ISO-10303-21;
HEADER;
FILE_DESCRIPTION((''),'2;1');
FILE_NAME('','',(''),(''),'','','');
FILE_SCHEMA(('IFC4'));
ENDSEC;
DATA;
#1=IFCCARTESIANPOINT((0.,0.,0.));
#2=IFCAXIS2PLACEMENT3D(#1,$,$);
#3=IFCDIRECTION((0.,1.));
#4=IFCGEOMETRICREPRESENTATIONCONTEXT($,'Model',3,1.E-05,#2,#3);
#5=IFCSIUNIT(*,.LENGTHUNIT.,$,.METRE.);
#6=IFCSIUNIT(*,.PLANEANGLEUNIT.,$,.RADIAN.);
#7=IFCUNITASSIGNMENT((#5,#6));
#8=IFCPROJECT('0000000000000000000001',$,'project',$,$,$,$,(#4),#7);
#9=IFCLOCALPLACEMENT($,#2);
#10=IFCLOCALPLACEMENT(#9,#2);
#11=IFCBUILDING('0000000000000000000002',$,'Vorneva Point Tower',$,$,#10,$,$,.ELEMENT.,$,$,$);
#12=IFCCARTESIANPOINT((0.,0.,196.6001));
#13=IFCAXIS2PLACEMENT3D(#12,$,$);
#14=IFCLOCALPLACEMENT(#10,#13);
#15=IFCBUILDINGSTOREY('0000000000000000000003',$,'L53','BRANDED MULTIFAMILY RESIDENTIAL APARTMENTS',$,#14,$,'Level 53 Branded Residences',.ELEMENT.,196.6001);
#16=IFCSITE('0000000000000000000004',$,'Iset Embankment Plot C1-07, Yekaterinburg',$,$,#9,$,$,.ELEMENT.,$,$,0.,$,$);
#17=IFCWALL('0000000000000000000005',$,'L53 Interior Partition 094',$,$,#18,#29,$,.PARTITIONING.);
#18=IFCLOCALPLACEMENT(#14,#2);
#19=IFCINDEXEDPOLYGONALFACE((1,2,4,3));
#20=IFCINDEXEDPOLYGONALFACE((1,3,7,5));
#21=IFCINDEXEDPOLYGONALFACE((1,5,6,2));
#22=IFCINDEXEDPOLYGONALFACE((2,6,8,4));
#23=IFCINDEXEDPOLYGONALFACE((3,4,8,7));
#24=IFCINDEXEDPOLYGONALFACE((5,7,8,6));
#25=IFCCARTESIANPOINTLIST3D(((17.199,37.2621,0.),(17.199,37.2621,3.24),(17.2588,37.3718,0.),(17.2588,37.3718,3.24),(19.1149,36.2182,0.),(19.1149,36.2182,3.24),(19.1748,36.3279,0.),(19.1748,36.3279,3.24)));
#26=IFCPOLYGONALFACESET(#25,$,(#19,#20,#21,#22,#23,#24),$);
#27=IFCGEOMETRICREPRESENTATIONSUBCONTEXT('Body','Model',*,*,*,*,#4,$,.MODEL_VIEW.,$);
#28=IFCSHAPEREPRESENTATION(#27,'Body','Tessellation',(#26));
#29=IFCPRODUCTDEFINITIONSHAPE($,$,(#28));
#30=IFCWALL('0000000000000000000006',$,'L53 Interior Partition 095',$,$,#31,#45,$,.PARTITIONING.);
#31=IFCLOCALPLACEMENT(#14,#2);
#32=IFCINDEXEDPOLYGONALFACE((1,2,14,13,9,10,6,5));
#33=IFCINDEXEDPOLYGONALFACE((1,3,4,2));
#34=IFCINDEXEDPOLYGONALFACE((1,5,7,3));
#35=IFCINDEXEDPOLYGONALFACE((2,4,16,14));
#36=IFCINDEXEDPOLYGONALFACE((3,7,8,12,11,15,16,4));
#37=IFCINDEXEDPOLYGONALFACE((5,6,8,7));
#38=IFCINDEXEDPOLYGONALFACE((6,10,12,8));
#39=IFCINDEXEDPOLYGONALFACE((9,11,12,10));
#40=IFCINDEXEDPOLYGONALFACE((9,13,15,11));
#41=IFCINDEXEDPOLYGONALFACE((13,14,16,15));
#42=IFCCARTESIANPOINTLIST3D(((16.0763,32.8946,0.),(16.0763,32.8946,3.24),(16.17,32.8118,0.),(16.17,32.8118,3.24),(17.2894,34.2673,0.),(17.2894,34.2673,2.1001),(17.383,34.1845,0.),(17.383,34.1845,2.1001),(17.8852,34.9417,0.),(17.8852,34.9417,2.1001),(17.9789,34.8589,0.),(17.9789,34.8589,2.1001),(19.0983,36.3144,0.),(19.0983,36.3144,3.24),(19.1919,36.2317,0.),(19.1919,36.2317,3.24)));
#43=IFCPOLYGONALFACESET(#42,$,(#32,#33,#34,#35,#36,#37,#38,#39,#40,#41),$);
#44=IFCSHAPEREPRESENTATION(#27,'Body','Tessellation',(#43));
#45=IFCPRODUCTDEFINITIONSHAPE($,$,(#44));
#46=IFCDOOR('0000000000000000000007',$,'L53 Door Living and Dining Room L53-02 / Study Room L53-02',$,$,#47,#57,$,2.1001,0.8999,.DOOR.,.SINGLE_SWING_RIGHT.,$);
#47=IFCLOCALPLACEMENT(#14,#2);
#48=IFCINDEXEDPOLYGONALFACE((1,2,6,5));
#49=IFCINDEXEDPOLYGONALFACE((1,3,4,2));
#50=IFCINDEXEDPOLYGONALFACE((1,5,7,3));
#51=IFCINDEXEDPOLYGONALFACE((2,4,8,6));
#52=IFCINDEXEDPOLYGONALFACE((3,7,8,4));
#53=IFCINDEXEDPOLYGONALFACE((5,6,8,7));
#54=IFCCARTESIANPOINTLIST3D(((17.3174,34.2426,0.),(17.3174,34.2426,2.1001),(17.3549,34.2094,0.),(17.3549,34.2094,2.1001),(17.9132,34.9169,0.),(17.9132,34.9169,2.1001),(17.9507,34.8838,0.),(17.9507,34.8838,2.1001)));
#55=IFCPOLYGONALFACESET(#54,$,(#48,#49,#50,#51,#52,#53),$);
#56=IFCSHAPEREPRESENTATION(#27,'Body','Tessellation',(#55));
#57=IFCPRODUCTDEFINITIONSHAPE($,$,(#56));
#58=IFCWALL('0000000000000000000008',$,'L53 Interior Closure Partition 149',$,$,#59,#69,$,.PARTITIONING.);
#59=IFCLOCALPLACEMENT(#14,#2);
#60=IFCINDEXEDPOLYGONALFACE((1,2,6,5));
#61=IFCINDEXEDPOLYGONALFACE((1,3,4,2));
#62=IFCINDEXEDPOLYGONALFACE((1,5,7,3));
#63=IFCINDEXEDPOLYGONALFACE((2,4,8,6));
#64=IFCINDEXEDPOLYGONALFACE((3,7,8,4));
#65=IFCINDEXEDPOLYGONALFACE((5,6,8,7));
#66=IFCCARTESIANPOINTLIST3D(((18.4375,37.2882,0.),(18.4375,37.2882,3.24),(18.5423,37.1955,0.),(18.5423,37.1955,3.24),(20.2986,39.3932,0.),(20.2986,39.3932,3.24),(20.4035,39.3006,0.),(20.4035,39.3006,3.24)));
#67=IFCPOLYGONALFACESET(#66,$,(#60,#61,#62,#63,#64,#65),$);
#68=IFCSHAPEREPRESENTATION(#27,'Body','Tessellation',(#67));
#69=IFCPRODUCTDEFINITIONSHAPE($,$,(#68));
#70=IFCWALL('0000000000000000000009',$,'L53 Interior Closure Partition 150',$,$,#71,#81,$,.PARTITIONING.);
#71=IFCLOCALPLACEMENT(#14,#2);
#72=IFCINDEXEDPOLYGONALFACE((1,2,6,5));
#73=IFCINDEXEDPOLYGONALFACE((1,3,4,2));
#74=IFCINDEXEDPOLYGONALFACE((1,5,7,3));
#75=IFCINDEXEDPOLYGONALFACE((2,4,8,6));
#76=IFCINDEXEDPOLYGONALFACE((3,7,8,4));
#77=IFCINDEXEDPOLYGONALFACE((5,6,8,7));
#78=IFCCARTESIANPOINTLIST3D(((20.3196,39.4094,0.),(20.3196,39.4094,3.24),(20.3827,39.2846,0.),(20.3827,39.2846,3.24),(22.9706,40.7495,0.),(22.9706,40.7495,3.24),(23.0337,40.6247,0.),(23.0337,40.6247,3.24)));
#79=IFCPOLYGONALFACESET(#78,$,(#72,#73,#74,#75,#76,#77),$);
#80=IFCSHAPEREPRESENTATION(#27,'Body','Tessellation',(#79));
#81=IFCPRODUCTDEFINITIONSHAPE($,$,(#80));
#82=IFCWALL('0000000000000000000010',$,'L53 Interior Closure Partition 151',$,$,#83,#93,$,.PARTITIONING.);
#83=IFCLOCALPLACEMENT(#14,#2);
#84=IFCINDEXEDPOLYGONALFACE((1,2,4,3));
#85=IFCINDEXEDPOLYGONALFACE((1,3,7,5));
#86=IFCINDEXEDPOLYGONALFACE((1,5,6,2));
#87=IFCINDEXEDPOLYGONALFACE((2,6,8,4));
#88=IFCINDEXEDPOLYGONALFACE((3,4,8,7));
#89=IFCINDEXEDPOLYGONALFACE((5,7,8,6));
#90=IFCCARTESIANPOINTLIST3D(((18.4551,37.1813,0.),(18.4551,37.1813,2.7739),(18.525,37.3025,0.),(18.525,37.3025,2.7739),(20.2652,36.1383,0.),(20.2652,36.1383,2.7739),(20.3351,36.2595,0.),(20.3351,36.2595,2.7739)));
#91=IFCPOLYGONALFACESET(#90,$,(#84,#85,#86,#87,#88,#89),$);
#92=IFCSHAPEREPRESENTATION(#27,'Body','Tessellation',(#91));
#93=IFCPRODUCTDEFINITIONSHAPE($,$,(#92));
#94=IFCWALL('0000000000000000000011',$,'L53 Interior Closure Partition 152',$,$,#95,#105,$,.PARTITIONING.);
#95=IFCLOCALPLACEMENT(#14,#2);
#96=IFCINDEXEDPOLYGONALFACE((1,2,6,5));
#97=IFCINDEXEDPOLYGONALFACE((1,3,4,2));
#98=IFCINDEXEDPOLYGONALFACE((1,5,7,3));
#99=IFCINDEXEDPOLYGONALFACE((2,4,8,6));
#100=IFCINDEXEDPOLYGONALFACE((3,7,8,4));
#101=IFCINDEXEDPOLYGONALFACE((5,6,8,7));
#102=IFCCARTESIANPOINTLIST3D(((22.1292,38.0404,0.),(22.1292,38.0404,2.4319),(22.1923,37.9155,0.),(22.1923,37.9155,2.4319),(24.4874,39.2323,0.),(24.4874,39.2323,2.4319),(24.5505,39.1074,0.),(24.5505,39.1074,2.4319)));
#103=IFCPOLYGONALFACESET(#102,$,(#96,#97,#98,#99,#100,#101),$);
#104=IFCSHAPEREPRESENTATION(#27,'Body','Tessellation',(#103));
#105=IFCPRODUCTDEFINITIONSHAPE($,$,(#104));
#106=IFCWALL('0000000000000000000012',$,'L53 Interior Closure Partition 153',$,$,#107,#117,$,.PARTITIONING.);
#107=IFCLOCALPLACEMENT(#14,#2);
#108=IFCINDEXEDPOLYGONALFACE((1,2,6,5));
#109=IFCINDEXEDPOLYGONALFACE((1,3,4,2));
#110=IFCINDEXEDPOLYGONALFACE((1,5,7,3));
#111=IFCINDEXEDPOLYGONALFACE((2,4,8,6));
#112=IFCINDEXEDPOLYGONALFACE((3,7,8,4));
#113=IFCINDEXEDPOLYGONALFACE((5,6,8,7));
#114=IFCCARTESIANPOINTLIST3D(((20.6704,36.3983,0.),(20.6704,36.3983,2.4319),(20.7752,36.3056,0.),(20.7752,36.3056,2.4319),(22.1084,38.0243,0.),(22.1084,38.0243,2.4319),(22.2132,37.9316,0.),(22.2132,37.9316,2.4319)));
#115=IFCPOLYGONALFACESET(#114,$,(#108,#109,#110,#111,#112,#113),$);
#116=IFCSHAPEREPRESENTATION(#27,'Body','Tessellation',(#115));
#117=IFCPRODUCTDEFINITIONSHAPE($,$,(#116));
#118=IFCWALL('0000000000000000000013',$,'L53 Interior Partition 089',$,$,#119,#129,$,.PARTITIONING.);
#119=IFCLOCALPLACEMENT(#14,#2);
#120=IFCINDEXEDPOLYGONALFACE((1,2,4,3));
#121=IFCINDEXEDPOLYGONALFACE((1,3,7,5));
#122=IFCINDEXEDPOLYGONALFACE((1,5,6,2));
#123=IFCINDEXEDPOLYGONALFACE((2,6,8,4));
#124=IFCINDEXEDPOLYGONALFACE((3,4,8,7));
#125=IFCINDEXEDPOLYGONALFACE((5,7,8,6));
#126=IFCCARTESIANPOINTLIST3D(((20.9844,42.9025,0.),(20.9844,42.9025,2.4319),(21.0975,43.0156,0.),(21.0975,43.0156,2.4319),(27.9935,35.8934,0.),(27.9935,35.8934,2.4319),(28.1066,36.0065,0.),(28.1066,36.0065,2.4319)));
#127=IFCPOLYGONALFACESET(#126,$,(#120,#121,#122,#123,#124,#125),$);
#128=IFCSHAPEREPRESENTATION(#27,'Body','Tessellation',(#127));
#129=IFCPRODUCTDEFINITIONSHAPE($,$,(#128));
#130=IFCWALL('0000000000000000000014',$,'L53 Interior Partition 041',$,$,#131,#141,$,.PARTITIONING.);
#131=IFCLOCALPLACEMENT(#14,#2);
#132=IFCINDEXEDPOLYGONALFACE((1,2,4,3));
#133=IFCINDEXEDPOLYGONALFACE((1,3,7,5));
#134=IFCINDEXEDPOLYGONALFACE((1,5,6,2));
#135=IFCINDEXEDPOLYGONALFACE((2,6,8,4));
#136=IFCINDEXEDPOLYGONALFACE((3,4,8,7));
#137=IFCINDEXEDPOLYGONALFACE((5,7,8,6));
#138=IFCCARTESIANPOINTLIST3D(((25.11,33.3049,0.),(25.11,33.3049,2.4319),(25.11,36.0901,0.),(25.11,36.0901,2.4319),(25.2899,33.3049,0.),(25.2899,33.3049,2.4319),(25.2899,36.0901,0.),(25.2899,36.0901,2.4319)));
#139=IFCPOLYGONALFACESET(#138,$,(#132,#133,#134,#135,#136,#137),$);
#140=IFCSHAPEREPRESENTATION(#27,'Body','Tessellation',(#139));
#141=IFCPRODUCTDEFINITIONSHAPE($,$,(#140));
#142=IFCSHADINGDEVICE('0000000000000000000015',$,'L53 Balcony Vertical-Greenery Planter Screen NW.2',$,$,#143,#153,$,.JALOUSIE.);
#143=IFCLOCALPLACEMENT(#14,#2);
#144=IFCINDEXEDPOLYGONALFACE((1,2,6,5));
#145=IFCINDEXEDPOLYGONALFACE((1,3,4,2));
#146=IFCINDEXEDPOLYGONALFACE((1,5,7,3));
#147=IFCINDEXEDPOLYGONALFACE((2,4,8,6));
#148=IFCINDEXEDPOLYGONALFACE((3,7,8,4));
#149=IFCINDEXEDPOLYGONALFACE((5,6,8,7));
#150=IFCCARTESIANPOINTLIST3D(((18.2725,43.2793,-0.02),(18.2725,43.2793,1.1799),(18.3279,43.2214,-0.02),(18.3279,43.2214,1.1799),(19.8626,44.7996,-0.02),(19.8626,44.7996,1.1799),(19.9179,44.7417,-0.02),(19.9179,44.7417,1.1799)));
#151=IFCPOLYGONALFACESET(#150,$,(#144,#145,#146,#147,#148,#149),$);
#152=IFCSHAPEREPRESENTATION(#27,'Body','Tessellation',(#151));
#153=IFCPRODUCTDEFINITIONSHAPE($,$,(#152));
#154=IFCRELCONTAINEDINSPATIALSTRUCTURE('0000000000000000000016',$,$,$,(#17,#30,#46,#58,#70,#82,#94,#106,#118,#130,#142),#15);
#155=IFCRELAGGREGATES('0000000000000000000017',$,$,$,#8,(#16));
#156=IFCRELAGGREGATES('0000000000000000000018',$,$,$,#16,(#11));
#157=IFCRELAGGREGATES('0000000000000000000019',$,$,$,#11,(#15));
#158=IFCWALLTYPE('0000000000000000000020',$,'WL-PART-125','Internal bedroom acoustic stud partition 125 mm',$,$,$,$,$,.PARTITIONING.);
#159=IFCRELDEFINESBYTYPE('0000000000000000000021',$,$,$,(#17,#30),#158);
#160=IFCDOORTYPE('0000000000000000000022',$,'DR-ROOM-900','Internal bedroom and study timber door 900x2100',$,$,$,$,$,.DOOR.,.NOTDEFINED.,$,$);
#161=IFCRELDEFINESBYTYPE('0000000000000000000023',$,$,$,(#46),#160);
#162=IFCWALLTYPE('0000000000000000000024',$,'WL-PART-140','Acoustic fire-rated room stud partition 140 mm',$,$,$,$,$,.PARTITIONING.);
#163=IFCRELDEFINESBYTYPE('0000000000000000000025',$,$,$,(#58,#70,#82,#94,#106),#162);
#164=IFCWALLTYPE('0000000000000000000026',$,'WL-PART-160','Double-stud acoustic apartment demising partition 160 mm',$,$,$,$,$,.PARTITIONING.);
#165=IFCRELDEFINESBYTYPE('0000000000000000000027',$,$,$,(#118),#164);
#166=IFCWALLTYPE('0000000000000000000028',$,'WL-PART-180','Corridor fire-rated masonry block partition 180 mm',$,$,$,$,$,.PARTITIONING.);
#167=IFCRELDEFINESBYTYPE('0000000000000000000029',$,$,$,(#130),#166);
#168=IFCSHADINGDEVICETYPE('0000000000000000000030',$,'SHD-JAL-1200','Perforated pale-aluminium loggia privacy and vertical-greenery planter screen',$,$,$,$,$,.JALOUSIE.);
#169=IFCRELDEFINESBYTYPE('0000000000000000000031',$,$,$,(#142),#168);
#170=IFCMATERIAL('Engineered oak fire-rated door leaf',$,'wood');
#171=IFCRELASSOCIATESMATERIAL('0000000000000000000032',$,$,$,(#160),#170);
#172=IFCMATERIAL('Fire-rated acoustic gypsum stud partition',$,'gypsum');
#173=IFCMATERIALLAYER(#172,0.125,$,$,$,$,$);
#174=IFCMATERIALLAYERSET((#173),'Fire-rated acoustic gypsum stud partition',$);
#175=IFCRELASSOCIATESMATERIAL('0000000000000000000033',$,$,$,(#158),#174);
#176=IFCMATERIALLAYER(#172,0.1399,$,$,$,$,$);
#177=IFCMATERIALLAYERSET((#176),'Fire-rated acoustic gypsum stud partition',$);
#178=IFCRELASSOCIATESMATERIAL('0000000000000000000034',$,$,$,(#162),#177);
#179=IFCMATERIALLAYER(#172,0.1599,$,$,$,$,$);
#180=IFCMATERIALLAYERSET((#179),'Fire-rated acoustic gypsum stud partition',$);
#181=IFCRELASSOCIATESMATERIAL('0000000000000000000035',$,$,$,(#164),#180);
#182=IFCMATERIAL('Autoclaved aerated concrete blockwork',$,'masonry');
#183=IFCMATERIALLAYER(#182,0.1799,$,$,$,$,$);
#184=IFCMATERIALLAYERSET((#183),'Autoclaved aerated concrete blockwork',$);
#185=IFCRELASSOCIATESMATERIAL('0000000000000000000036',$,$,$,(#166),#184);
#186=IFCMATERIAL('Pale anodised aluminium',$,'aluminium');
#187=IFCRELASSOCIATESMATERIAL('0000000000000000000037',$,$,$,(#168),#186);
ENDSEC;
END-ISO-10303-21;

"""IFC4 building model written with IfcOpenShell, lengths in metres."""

from ifc_helpers import new_model, si_unit, direction, frame, frame_2d, origin, origin_2d, place, context, subcontext, project, spatial, rectangle, extrude, material, layer, layer_set, type_object, element, fill, save


model = new_model("IFC4")

# Units and contexts
model_context = context("Model", 3, precision=1e-05, world=origin(), true_north=direction((0.0, 1.0)))
body_context = subcontext(model_context, "Body", "Model", "MODEL_VIEW")
ifc_project = project(units=[si_unit("LENGTHUNIT", "METRE"), si_unit("PLANEANGLEUNIT", "RADIAN")], contexts=[model_context])

# Site, building, storey
site_placement = place(None, origin())
site = spatial("IfcSite", under=ifc_project, at=site_placement, Name="Iset Embankment Plot C1-07, Yekaterinburg", CompositionType="ELEMENT", RefElevation=0.0)
building_placement = place(site_placement, origin())
building = spatial("IfcBuilding", under=site, at=building_placement, Name="Vorneva Point Tower", CompositionType="ELEMENT")
storey_placement = place(building_placement, frame((0.0, 0.0, 196.6001)))
storey = spatial("IfcBuildingStorey", under=building, at=storey_placement, Name="L53", Description="BRANDED MULTIFAMILY RESIDENTIAL APARTMENTS", LongName="Level 53 Branded Residences", CompositionType="ELEMENT", Elevation=196.6001)

# Shared definitions
ifc_material_1 = material(Name="Pale anodised aluminium", Category="aluminium")

# Shared definitions
ifc_material_2 = material(Name="Fire-rated acoustic gypsum stud partition", Category="gypsum")
ifc_material_3 = material(Name="Engineered oak fire-rated door leaf", Category="wood")
door_type_1 = type_object("IfcDoorType", Name="DR-ROOM-900", Description="Internal bedroom and study timber door 900x2100", OperationType="NOTDEFINED", PredefinedType="DOOR", material=ifc_material_3)

# Shared definitions
ifc_layer_1 = layer(ifc_material_2, 0.125)
ifc_layer_set_1 = layer_set([ifc_layer_1], Name="Fire-rated acoustic gypsum stud partition")
wall_type_1 = type_object("IfcWallType", Name="WL-PART-125", Description="Internal bedroom acoustic stud partition 125 mm", PredefinedType="PARTITIONING", material=ifc_layer_set_1)

# Wall
wall_1_placement = place(storey_placement, frame((17.229, 37.3169, 0.0), z_axis=(0.0, 0.0, 1.0), x_axis=(0.878118, -0.478444, 0.0)))
element("IfcWall", 1, at=wall_1_placement, inside=storey, type_object=wall_type_1, Name="L53 Interior Partition 094", PredefinedType="PARTITIONING", context=body_context, shape_type="SweptSolid", body=[
    extrude(rectangle(XDim=2.1819, YDim=0.125, at=frame_2d((1.0908, 0.0))), origin(), (0.0, 0.0, 1.0), 3.24),
])

# Wall, opening, door
wall_2_placement = place(storey_placement, frame((19.145, 36.2729, 0.0), z_axis=(0.0, 0.0, 1.0), x_axis=(-0.662163, -0.74936, 0.0)))
wall_2 = element("IfcWall", 2, at=wall_2_placement, inside=storey, type_object=wall_type_1, Name="L53 Interior Partition 095", PredefinedType="PARTITIONING", context=body_context, shape_type="SweptSolid", body=[
    extrude(rectangle(XDim=4.5637, YDim=0.125, at=frame_2d((2.2817, 0.0))), origin(), (0.0, 0.0, 1.0), 3.24),
])
opening_1_placement = place(wall_2_placement, frame((1.8318, 0.0, 0.0)))
opening_1 = element("IfcOpeningElement", 3, at=opening_1_placement, cuts=wall_2, PredefinedType="OPENING", context=body_context, shape_type="SweptSolid", body=[
    extrude(rectangle(XDim=0.8999, YDim=2.1001, at=frame_2d((0.45, 1.05))), frame((0.0, 0.0774, 0.0), z_axis=(0.0, -1.0, 0.0), x_axis=(1.0, 0.0, 0.0)), (0.0, 0.0, 1.0), 0.1548),
])
door_1_placement = place(opening_1_placement, origin())
door_1 = element("IfcDoor", 4, at=door_1_placement, inside=storey, type_object=door_type_1, Name="L53 Door Living and Dining Room L53-02 / Study Room L53-02", OperationType="SINGLE_SWING_RIGHT", OverallHeight=2.1001, OverallWidth=0.8999, PredefinedType="DOOR", context=body_context, shape_type="SweptSolid", body=[
    extrude(rectangle(XDim=0.8999, YDim=2.1001, at=frame_2d((0.45, 1.05))), frame((0.0, 0.0249, 0.0), z_axis=(0.0, -1.0, 0.0), x_axis=(1.0, 0.0, 0.0)), (0.0, 0.0, 1.0), 0.05),
])
fill(opening_1, door_1)

# Walls
ifc_layer_2 = layer(ifc_material_2, 0.1399)
ifc_layer_set_2 = layer_set([ifc_layer_2], Name="Fire-rated acoustic gypsum stud partition")
wall_type_2 = type_object("IfcWallType", Name="WL-PART-140", Description="Acoustic fire-rated room stud partition 140 mm", PredefinedType="PARTITIONING", material=ifc_layer_set_2)
wall_3_placement = place(storey_placement, frame((18.49, 37.2419, 0.0), z_axis=(0.0, 0.0, 1.0), x_axis=(0.662371, 0.749176, 0.0)))
element("IfcWall", 5, at=wall_3_placement, inside=storey, type_object=wall_type_2, Name="L53 Interior Closure Partition 149", PredefinedType="PARTITIONING", context=body_context, shape_type="SweptSolid", body=[
    extrude(rectangle(XDim=2.8098, YDim=0.1399, at=frame_2d((1.4048, 0.0))), origin(), (0.0, 0.0, 1.0), 3.24),
])
wall_4_placement = place(storey_placement, frame((20.3511, 39.3469, 0.0), z_axis=(0.0, 0.0, 1.0), x_axis=(0.892446, 0.451154, 0.0)))
element("IfcWall", 6, at=wall_4_placement, inside=storey, type_object=wall_type_2, Name="L53 Interior Closure Partition 150", PredefinedType="PARTITIONING", context=body_context, shape_type="SweptSolid", body=[
    extrude(rectangle(XDim=2.9705, YDim=0.1399, at=frame_2d((1.4854, 0.0))), origin(), (0.0, 0.0, 1.0), 3.24),
])
wall_5_placement = place(storey_placement, frame((20.3, 36.199, 0.0), z_axis=(0.0, 0.0, 1.0), x_axis=(-0.866454, 0.499257, 0.0)))
element("IfcWall", 7, at=wall_5_placement, inside=storey, type_object=wall_type_2, Name="L53 Interior Closure Partition 151", PredefinedType="PARTITIONING", context=body_context, shape_type="SweptSolid", body=[
    extrude(rectangle(XDim=2.0891, YDim=0.1399, at=frame_2d((1.0444, 0.0))), origin(), (0.0, 0.0, 1.0), 2.7739),
])
wall_6_placement = place(storey_placement, frame((24.519, 39.1699, 0.0), z_axis=(0.0, 0.0, 1.0), x_axis=(-0.892478, -0.45109, 0.0)))
element("IfcWall", 8, at=wall_6_placement, inside=storey, type_object=wall_type_2, Name="L53 Interior Closure Partition 152", PredefinedType="PARTITIONING", context=body_context, shape_type="SweptSolid", body=[
    extrude(rectangle(XDim=2.6423, YDim=0.1399, at=frame_2d((1.3213, 0.0))), origin(), (0.0, 0.0, 1.0), 2.4319),
])
wall_7_placement = place(storey_placement, frame((22.1609, 37.978, 0.0), z_axis=(0.0, 0.0, 1.0), x_axis=(-0.662477, -0.749082, 0.0)))
element("IfcWall", 9, at=wall_7_placement, inside=storey, type_object=wall_type_2, Name="L53 Interior Closure Partition 153", PredefinedType="PARTITIONING", context=body_context, shape_type="SweptSolid", body=[
    extrude(rectangle(XDim=2.1707, YDim=0.1399, at=frame_2d((1.0854, 0.0))), origin(), (0.0, 0.0, 1.0), 2.4319),
])
ifc_layer_3 = layer(ifc_material_2, 0.1599)
ifc_layer_set_3 = layer_set([ifc_layer_3], Name="Fire-rated acoustic gypsum stud partition")
wall_type_3 = type_object("IfcWallType", Name="WL-PART-160", Description="Double-stud acoustic apartment demising partition 160 mm", PredefinedType="PARTITIONING", material=ifc_layer_set_3)
wall_8_placement = place(storey_placement, frame((21.041, 42.959, 0.0), z_axis=(0.0, 0.0, 1.0), x_axis=(0.707107, -0.707107, 0.0)))
element("IfcWall", 10, at=wall_8_placement, inside=storey, type_object=wall_type_3, Name="L53 Interior Partition 089", PredefinedType="PARTITIONING", context=body_context, shape_type="SweptSolid", body=[
    extrude(rectangle(XDim=9.9124, YDim=0.1599, at=frame_2d((4.9561, 0.0))), origin(), (0.0, 0.0, 1.0), 2.4319),
])
ifc_material_4 = material(Name="Autoclaved aerated concrete blockwork", Category="masonry")
ifc_layer_4 = layer(ifc_material_4, 0.1799)
ifc_layer_set_4 = layer_set([ifc_layer_4], Name="Autoclaved aerated concrete blockwork")
wall_type_4 = type_object("IfcWallType", Name="WL-PART-180", Description="Corridor fire-rated masonry block partition 180 mm", PredefinedType="PARTITIONING", material=ifc_layer_set_4)
wall_9_placement = place(storey_placement, frame((25.2, 36.0901, 0.0), z_axis=(0.0, 0.0, 1.0), x_axis=(0.0, -1.0, 0.0)))
element("IfcWall", 11, at=wall_9_placement, inside=storey, type_object=wall_type_4, Name="L53 Interior Partition 041", PredefinedType="PARTITIONING", context=body_context, shape_type="SweptSolid", body=[
    extrude(rectangle(XDim=2.7852, YDim=0.1799, at=frame_2d((1.3926, 0.0))), origin(), (0.0, 0.0, 1.0), 2.4319),
])

# Shading device
shading_device_type = type_object("IfcShadingDeviceType", Name="SHD-JAL-1200", Description="Perforated pale-aluminium loggia privacy and vertical-greenery planter screen", PredefinedType="JALOUSIE", material=ifc_material_1)
shading_device_placement = place(storey_placement, frame((19.0952, 44.0105, -0.02), z_axis=(0.0, 0.0, 1.0), x_axis=(-0.722774, -0.691084, 0.0)))
element("IfcShadingDevice", 12, at=shading_device_placement, inside=storey, type_object=shading_device_type, Name="L53 Balcony Vertical-Greenery Planter Screen NW.2", PredefinedType="JALOUSIE", context=body_context, shape_type="SweptSolid", body=[
    extrude(rectangle(XDim=2.2, YDim=0.0801, at=origin_2d()), origin(), (0.0, 0.0, 1.0), 1.2),
])

save(model, "model.ifc")
